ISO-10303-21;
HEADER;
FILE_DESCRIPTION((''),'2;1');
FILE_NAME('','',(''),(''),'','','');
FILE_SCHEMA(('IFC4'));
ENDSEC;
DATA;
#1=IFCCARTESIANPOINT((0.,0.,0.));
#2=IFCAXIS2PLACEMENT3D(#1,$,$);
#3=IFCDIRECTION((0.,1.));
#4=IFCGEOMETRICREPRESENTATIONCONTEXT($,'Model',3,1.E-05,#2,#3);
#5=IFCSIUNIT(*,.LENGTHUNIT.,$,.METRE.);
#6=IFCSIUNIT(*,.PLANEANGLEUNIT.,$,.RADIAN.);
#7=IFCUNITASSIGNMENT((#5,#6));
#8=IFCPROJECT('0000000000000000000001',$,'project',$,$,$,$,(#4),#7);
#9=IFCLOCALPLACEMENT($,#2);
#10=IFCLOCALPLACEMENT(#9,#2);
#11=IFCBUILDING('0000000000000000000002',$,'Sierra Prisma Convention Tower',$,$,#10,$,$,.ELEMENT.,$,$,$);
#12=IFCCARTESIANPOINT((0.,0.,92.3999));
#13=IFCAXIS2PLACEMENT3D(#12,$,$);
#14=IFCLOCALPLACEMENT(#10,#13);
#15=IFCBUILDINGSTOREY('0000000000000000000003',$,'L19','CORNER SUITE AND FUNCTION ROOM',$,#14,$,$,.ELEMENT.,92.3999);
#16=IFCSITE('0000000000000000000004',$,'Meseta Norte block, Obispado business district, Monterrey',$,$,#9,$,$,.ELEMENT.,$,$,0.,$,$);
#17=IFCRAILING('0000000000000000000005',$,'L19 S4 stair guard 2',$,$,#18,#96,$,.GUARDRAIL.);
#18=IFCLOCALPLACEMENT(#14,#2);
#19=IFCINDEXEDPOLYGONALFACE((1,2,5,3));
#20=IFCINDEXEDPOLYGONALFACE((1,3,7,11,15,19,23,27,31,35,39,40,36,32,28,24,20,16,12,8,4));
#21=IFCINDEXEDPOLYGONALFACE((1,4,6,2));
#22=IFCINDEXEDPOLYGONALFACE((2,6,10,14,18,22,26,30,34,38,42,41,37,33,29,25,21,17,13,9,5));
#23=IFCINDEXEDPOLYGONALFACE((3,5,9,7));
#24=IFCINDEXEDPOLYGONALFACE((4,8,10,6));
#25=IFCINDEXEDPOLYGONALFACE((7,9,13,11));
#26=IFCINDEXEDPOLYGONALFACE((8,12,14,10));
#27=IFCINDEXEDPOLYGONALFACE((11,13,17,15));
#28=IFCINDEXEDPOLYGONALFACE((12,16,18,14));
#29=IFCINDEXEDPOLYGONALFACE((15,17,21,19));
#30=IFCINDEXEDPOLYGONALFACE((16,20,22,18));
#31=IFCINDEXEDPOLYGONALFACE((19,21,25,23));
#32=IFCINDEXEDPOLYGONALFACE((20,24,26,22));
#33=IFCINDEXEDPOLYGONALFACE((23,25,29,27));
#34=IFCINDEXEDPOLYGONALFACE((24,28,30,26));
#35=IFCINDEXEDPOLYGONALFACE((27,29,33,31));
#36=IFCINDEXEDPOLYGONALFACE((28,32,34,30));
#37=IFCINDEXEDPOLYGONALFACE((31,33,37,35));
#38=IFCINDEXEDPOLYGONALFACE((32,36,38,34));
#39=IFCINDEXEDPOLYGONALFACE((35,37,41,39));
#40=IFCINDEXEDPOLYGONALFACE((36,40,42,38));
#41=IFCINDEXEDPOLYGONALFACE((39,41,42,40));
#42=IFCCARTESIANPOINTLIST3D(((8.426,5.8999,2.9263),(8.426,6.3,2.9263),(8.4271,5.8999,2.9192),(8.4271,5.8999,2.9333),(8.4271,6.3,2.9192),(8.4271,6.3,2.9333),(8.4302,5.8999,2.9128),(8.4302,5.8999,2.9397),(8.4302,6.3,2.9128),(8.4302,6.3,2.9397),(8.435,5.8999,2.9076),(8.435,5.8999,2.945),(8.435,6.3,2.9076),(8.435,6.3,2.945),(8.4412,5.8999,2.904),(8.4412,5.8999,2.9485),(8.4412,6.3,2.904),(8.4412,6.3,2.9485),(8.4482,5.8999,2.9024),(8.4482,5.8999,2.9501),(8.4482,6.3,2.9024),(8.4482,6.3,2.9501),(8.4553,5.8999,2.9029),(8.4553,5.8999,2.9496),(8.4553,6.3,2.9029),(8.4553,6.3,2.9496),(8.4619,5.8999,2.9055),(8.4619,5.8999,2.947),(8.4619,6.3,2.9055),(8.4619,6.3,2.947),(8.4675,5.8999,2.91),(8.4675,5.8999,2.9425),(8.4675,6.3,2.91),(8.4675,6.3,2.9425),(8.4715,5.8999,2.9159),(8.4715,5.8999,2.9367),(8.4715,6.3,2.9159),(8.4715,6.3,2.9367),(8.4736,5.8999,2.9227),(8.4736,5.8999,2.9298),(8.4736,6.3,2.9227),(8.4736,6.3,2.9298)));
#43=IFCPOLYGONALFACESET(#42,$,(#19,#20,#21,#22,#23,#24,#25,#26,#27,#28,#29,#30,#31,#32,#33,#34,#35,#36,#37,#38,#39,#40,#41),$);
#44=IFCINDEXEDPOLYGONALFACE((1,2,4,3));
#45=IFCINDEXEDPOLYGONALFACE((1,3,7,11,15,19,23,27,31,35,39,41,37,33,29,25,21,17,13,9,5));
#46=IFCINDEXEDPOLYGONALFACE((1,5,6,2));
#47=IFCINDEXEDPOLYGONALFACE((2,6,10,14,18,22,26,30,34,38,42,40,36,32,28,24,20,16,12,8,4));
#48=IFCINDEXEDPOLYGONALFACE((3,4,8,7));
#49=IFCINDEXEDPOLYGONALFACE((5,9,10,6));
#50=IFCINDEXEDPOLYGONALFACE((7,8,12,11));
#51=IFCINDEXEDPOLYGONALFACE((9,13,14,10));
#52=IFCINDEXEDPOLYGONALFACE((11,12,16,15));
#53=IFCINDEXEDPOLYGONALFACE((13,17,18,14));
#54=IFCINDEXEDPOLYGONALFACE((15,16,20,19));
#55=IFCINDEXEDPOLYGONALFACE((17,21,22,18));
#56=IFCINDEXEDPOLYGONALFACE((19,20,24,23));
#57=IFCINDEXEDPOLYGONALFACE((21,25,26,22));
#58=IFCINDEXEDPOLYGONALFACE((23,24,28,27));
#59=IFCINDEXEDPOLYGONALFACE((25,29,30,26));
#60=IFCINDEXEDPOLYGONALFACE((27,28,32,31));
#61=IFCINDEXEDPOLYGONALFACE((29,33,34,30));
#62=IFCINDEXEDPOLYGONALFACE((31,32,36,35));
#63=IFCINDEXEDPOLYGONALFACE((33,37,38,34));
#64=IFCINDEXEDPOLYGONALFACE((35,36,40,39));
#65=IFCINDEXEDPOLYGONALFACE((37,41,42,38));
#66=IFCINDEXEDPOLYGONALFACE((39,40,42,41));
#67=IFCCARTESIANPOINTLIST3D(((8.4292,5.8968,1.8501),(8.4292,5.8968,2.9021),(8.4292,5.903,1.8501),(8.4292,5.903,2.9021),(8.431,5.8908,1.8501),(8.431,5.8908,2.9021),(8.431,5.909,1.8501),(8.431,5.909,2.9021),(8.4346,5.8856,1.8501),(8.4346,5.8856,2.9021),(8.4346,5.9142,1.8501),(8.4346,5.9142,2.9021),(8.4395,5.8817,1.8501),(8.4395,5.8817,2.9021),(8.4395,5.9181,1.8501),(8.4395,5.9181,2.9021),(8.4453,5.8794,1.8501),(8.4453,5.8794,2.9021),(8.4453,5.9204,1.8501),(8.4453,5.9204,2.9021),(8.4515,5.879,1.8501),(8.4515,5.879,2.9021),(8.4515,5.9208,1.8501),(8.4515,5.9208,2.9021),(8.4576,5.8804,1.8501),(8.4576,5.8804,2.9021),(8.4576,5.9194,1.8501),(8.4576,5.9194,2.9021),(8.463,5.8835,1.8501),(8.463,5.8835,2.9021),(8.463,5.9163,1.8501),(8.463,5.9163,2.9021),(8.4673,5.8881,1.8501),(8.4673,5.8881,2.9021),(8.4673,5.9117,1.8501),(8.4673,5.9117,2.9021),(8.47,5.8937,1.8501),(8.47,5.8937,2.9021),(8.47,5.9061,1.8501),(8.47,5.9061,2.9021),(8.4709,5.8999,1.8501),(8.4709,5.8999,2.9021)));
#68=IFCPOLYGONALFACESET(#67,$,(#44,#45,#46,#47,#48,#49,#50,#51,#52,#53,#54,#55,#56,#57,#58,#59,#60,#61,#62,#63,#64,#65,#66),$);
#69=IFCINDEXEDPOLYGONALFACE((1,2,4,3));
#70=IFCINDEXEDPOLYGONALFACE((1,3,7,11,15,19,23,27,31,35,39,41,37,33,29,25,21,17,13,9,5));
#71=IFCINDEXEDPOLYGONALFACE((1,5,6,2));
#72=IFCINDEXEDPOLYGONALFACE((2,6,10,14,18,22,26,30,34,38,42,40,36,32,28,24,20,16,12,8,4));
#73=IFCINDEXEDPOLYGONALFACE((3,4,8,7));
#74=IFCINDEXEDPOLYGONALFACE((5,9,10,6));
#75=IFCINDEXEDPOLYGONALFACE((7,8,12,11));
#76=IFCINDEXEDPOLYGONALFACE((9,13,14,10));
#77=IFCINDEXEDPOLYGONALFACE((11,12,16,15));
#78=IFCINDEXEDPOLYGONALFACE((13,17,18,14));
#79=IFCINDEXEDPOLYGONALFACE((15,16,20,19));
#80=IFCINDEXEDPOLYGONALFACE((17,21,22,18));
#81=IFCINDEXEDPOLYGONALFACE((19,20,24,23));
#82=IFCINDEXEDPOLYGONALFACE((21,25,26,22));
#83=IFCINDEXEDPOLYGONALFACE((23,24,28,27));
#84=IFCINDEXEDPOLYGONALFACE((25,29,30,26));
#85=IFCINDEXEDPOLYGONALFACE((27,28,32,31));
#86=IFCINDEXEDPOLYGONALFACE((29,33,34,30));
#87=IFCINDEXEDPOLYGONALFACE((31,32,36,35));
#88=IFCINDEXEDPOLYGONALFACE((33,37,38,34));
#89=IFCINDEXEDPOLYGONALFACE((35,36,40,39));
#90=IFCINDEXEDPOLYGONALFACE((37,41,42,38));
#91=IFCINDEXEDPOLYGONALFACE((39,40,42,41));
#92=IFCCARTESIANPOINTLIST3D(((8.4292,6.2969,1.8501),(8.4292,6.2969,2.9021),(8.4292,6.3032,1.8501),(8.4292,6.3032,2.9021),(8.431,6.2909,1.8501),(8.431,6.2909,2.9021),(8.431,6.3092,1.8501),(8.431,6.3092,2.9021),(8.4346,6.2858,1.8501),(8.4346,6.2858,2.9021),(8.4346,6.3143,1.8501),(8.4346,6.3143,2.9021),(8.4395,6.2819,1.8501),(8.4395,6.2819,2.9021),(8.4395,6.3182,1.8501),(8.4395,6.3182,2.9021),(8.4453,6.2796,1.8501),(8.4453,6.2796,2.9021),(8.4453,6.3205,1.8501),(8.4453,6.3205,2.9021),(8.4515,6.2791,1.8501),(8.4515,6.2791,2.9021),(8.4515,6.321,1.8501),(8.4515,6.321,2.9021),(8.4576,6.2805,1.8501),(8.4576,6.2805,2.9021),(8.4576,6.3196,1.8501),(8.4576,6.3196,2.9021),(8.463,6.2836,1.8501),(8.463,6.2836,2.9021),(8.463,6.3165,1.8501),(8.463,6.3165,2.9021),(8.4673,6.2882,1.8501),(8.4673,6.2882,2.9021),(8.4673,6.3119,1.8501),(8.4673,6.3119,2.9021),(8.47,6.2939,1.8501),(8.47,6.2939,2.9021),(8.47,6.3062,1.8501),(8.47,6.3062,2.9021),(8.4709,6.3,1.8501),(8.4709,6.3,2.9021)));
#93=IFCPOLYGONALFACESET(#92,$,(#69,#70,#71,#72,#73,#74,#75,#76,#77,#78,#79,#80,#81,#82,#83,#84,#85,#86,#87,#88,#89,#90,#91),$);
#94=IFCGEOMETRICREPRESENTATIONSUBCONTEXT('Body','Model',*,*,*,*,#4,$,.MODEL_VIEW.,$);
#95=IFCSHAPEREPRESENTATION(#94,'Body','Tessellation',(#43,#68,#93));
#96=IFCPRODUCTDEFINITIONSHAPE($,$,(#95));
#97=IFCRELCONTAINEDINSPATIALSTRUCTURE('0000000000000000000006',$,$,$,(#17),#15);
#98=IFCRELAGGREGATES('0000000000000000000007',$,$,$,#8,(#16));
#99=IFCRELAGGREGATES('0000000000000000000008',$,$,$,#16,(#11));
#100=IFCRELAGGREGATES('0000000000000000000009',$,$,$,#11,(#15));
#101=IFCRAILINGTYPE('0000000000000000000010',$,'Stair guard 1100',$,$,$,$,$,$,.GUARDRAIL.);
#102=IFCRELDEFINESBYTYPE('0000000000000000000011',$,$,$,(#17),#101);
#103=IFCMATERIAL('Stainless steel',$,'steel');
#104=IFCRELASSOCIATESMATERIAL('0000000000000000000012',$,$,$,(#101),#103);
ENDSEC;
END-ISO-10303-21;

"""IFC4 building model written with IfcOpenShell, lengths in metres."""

from ifc_helpers import new_model, si_unit, direction, frame, origin, origin_2d, place, context, subcontext, project, spatial, circle, extrude, material, type_object, element, save


model = new_model("IFC4")

# Units and contexts
model_context = context("Model", 3, precision=1e-05, world=origin(), true_north=direction((0.0, 1.0)))
body_context = subcontext(model_context, "Body", "Model", "MODEL_VIEW")
ifc_project = project(units=[si_unit("LENGTHUNIT", "METRE"), si_unit("PLANEANGLEUNIT", "RADIAN")], contexts=[model_context])

# Site, building, storey
site_placement = place(None, origin())
site = spatial("IfcSite", under=ifc_project, at=site_placement, Name="Meseta Norte block, Obispado business district, Monterrey", CompositionType="ELEMENT", RefElevation=0.0)
building_placement = place(site_placement, origin())
building = spatial("IfcBuilding", under=site, at=building_placement, Name="Sierra Prisma Convention Tower", CompositionType="ELEMENT")
storey_placement = place(building_placement, frame((0.0, 0.0, 92.3999)))
storey = spatial("IfcBuildingStorey", under=building, at=storey_placement, Name="L19", Description="CORNER SUITE AND FUNCTION ROOM", CompositionType="ELEMENT", Elevation=92.3999)

# Railing
ifc_material_1 = material(Name="Stainless steel", Category="steel")
railing_type_1 = type_object("IfcRailingType", Name="Stair guard 1100", PredefinedType="GUARDRAIL", material=ifc_material_1)
railing_1_placement = place(storey_placement, frame((8.45, 5.8999, 1.8501)))
element("IfcRailing", 1, at=railing_1_placement, inside=storey, type_object=railing_type_1, Name="L19 S4 stair guard 2", PredefinedType="GUARDRAIL", context=body_context, shape_type="SweptSolid", body=[
    extrude(circle(Radius=0.0239, at=origin_2d()), frame((0.0, 0.0, 1.0762), z_axis=(0.0, 1.0, 0.0), x_axis=(-1.0, 0.0, 0.0)), (0.0, 0.0, 1.0), 0.4001),
    extrude(circle(Radius=0.021, at=origin_2d()), origin(), (0.0, 0.0, 1.0), 1.052),
    extrude(circle(Radius=0.021, at=origin_2d()), frame((0.0, 0.4001, 0.0)), (0.0, 0.0, 1.0), 1.052),
])

save(model, "model.ifc")
